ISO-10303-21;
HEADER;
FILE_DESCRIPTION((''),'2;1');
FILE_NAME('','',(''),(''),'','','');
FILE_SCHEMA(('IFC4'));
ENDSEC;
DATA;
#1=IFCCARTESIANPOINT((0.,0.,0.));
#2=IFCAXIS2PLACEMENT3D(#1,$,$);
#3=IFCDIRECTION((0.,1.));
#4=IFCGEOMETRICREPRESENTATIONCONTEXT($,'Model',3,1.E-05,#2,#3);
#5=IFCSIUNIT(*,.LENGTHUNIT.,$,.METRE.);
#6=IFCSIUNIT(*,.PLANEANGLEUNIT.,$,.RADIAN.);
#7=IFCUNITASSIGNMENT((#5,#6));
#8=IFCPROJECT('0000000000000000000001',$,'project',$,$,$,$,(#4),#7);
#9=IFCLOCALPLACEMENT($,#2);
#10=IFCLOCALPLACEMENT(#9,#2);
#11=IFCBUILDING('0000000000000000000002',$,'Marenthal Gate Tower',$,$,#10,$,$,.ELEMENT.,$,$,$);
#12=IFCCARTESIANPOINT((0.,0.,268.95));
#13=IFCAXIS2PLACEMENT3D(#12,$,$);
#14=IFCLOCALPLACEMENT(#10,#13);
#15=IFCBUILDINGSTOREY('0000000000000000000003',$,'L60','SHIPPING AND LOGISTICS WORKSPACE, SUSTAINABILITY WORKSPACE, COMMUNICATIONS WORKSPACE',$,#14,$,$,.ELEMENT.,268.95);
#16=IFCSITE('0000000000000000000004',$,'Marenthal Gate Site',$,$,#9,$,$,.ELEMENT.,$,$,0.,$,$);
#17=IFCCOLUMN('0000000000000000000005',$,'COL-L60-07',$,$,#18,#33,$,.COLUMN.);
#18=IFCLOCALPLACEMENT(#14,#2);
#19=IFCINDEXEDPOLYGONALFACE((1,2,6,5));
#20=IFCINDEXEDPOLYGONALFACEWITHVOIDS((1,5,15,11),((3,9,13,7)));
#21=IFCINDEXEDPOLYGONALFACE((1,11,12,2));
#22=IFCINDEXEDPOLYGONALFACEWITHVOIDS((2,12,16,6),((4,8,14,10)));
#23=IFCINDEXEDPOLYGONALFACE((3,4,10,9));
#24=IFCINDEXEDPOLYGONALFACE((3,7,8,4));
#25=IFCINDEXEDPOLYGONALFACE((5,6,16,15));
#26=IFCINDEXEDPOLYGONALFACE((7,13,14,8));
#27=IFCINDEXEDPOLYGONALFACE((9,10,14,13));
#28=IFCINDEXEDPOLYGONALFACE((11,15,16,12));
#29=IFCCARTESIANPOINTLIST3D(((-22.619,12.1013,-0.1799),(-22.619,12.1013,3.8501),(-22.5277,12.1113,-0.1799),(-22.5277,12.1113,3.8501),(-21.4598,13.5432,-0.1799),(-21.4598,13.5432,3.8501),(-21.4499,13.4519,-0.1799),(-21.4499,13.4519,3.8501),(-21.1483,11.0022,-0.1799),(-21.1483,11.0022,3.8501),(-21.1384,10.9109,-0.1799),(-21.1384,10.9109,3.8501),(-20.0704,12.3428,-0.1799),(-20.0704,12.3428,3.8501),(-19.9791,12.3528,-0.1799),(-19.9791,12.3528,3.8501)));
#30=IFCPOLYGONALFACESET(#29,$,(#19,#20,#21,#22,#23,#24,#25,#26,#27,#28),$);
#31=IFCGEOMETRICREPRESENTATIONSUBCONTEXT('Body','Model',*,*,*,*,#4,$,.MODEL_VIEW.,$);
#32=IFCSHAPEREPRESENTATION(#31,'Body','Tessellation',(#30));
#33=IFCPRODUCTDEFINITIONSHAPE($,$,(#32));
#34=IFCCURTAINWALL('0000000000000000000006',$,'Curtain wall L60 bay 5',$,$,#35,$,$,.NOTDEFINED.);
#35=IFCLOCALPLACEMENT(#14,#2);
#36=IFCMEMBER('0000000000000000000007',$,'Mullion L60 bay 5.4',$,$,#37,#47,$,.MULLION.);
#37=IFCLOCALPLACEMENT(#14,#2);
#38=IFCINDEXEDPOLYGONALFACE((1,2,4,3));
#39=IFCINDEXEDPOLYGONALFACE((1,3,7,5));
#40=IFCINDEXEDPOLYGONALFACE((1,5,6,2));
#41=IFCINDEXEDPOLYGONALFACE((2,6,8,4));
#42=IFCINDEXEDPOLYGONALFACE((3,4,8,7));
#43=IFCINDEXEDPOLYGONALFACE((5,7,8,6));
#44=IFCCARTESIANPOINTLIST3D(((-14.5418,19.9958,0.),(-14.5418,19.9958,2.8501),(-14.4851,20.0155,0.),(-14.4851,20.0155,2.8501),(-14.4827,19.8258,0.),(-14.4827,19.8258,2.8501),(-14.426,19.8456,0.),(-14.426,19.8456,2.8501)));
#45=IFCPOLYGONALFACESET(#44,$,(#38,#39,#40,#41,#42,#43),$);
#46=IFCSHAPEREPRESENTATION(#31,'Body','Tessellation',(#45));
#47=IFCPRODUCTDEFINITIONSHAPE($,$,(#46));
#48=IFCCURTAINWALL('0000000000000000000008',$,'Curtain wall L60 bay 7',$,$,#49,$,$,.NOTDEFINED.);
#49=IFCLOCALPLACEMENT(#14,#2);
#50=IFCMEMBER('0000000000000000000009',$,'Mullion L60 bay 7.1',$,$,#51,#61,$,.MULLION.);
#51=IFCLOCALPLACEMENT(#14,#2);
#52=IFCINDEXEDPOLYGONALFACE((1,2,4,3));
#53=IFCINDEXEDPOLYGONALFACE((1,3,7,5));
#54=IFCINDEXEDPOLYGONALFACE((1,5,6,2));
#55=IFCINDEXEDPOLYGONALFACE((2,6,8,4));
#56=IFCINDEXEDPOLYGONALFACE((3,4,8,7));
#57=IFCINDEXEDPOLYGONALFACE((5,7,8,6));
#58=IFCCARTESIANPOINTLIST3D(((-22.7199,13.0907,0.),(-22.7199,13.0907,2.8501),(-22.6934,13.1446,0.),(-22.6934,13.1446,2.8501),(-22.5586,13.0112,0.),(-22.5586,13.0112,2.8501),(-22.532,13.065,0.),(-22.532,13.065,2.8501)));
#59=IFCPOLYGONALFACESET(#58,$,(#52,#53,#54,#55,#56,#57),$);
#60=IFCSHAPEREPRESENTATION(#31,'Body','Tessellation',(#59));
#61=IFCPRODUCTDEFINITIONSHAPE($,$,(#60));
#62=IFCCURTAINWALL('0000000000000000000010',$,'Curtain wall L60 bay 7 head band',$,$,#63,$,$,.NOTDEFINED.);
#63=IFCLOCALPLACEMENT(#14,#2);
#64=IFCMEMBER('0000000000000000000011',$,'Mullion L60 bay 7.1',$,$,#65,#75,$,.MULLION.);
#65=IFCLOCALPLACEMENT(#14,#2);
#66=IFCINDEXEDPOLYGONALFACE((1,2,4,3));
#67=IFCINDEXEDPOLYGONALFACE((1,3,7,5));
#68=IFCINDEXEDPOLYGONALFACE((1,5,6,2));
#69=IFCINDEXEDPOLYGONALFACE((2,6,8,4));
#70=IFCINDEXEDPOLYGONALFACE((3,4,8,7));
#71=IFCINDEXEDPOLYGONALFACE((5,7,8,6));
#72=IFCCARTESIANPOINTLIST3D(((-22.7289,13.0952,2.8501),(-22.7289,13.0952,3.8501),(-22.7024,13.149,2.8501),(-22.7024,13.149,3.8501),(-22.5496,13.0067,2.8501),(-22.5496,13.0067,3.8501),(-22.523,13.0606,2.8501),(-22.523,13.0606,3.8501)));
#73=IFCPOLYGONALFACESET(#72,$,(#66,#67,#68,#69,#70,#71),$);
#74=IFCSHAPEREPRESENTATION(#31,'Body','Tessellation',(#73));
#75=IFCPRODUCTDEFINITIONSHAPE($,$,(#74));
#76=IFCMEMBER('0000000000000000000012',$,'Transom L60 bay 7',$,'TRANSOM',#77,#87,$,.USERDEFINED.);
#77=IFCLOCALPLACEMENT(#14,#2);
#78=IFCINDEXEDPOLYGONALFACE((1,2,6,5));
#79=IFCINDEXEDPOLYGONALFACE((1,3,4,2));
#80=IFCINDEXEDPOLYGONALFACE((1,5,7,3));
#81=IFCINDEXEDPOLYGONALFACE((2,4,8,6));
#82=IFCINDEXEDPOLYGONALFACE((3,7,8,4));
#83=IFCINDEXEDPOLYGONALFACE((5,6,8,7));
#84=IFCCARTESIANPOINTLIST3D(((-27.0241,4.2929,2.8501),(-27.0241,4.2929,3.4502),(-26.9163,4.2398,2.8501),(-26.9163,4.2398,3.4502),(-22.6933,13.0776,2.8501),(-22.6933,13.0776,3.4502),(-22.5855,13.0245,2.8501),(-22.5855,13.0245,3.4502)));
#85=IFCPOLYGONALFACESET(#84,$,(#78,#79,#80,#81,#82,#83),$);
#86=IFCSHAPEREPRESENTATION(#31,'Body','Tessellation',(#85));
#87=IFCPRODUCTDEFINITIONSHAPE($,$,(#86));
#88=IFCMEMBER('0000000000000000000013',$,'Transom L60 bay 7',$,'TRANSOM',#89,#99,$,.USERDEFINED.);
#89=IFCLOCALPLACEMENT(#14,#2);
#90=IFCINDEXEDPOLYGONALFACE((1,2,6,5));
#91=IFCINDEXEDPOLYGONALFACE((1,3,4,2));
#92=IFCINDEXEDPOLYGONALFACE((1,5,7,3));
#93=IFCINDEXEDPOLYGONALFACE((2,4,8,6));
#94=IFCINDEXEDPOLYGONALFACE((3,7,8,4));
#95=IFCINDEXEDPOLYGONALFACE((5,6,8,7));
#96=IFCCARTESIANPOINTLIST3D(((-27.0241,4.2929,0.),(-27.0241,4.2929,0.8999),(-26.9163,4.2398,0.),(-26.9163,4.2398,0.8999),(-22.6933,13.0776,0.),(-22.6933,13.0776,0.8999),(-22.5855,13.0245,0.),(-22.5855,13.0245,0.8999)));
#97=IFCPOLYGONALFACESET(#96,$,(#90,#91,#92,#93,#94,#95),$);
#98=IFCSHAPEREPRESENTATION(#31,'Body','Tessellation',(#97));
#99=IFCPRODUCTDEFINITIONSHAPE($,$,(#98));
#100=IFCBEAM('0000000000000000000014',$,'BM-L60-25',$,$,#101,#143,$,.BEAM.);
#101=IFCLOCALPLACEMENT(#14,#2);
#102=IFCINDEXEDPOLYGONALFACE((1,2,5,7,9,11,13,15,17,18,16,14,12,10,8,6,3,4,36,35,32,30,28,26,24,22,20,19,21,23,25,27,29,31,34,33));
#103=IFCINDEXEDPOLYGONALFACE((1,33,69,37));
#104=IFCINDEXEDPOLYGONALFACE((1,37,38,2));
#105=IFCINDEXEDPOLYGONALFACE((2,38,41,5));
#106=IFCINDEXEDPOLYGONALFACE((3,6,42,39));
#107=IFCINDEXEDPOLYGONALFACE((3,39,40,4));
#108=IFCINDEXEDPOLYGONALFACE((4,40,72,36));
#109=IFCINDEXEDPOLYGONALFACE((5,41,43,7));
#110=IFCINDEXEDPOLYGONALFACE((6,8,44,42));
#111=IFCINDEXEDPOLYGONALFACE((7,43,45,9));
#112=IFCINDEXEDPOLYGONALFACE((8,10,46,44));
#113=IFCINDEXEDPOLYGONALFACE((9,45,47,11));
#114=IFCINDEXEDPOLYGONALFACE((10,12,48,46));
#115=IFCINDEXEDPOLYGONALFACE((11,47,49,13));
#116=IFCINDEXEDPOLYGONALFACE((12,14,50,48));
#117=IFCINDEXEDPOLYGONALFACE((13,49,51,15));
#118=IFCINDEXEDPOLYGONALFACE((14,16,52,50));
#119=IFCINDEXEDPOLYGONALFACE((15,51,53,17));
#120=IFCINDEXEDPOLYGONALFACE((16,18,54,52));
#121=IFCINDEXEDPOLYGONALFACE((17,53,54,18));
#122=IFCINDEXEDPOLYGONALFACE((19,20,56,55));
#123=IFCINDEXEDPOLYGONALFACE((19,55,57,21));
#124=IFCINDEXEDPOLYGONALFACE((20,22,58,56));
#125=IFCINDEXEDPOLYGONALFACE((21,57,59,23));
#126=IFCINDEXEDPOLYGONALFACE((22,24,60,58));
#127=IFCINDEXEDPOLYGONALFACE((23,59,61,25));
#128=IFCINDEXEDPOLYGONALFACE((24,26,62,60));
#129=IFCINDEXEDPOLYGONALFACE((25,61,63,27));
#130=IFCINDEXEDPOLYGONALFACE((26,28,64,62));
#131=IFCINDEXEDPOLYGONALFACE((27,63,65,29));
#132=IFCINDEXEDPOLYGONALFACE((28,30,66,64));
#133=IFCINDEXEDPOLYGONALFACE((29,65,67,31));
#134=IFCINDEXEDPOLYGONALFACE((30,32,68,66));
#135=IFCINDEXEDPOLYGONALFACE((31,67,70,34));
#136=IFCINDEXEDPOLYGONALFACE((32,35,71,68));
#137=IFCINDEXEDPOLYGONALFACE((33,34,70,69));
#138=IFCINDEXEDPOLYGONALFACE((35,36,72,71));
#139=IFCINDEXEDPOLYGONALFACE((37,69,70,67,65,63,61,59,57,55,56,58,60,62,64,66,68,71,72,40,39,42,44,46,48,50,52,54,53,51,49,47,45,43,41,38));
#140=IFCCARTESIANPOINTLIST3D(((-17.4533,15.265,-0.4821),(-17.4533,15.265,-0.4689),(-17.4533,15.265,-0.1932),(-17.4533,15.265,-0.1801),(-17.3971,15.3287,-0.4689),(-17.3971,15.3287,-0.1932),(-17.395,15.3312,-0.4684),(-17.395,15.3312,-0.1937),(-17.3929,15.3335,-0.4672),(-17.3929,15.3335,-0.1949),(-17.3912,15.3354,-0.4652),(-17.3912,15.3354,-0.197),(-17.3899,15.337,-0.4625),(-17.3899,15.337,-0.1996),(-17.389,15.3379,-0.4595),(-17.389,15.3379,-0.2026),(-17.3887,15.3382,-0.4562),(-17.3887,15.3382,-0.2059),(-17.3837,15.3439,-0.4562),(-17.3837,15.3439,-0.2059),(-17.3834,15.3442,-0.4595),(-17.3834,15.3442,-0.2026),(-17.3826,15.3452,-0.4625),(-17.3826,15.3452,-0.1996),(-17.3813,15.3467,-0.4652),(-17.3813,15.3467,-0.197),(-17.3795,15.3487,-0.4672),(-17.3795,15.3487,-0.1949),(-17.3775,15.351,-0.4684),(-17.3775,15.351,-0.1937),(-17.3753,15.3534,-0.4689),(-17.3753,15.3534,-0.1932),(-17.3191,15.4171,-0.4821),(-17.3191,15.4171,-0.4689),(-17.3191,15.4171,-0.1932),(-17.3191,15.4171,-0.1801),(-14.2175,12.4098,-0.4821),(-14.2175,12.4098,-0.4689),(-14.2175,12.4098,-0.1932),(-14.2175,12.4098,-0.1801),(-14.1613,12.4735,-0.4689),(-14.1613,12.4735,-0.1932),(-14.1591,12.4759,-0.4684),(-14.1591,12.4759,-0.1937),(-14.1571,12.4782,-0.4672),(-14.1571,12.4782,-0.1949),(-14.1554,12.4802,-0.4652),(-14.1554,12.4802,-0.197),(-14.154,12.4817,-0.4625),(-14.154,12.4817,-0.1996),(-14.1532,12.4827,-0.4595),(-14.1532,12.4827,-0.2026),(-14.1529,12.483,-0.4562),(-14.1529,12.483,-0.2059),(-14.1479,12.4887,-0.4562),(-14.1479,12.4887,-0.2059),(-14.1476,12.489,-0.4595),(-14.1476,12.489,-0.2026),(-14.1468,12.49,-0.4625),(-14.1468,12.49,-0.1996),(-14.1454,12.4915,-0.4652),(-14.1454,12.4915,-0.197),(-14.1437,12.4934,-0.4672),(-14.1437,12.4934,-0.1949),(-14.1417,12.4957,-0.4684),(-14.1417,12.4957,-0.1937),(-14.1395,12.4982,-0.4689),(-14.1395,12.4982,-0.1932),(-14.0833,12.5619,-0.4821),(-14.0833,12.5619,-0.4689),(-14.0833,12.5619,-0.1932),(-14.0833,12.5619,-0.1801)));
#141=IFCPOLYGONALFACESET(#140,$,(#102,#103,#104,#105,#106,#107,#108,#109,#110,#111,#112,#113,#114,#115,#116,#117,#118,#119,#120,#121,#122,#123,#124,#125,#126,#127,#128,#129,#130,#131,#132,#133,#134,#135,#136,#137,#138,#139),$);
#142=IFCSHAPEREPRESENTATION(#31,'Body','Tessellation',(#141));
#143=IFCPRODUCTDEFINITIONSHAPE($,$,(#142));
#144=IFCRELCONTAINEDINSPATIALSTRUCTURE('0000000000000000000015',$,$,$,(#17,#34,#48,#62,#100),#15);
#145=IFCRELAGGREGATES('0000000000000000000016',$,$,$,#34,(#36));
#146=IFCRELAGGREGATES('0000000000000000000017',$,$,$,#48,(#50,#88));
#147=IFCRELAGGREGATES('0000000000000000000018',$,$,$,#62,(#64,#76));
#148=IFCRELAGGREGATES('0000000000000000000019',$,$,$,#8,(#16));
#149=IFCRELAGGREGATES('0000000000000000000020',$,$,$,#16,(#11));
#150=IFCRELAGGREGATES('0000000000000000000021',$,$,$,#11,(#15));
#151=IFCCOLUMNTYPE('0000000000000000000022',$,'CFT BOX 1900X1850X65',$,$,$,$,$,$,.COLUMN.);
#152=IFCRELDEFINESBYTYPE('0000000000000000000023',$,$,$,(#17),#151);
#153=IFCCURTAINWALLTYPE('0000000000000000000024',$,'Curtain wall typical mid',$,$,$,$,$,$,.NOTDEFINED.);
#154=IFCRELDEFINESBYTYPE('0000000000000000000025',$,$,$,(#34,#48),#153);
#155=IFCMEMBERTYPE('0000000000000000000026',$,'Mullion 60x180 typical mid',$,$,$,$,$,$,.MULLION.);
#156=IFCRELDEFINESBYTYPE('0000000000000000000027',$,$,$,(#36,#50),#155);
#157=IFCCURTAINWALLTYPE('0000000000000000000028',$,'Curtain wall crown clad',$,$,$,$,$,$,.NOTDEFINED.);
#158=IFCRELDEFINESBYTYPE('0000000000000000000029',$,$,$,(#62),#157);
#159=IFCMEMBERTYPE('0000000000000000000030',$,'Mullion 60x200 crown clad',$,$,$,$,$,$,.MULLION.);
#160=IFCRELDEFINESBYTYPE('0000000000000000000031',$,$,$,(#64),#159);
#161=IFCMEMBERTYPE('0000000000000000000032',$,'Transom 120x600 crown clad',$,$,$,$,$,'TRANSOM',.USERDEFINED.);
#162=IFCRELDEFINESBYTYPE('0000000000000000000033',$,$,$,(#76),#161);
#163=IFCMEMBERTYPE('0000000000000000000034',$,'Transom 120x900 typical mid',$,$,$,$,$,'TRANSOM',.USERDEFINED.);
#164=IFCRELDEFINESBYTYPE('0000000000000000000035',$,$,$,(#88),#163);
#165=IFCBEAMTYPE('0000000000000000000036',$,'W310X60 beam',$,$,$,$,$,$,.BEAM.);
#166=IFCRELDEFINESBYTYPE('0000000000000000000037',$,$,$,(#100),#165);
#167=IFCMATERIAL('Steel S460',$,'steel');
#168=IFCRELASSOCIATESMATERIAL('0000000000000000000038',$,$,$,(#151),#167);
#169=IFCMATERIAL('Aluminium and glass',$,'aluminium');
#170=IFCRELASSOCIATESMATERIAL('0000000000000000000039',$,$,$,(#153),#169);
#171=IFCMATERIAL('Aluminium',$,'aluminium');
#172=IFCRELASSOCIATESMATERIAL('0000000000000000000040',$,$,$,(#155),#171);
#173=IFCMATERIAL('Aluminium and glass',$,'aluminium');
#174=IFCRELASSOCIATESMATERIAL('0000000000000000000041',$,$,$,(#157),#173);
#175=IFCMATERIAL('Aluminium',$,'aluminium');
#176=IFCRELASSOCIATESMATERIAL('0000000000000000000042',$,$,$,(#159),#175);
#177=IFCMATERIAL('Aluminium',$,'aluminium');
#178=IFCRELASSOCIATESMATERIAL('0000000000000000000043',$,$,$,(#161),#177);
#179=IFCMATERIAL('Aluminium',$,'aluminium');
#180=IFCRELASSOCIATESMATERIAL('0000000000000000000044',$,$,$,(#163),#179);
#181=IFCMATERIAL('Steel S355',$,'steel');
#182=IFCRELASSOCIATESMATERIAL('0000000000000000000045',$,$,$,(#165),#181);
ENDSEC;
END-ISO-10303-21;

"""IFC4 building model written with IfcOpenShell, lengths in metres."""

from ifc_helpers import new_model, si_unit, direction, frame, origin, origin_2d, place, context, subcontext, project, spatial, rectangle, hollow_rectangle, i_section, extrude, material, material_profile, profile_set, type_object, element, aggregate, save


model = new_model("IFC4")

# Units and contexts
model_context = context("Model", 3, precision=1e-05, world=origin(), true_north=direction((0.0, 1.0)))
body_context = subcontext(model_context, "Body", "Model", "MODEL_VIEW")
ifc_project = project(units=[si_unit("LENGTHUNIT", "METRE"), si_unit("PLANEANGLEUNIT", "RADIAN")], contexts=[model_context])

# Site, building, storey
site_placement = place(None, origin())
site = spatial("IfcSite", under=ifc_project, at=site_placement, Name="Marenthal Gate Site", CompositionType="ELEMENT", RefElevation=0.0)
building_placement = place(site_placement, origin())
building = spatial("IfcBuilding", under=site, at=building_placement, Name="Marenthal Gate Tower", CompositionType="ELEMENT")
storey_placement = place(building_placement, frame((0.0, 0.0, 268.95)))
storey = spatial("IfcBuildingStorey", under=building, at=storey_placement, Name="L60", Description="SHIPPING AND LOGISTICS WORKSPACE, SUSTAINABILITY WORKSPACE, COMMUNICATIONS WORKSPACE", CompositionType="ELEMENT", Elevation=268.95)

# Column
ifc_material_1 = material(Name="Steel S460", Category="steel")
ifc_material_profile_1 = material_profile(ifc_material_1, hollow_rectangle(XDim=1.8501, YDim=1.8999, WallThickness=0.0649, at=origin_2d()), Name="CFT BOX 1900X1850X65")
ifc_material_2 = material(Name="Concrete 70 MPa", Category="concrete")
ifc_material_profile_2 = material_profile(ifc_material_2, rectangle(XDim=1.72, YDim=1.77, at=origin_2d()), Name="CFT BOX 1900X1850X65 INFILL")
ifc_profile_set_1 = profile_set([ifc_material_profile_1, ifc_material_profile_2], Name="Steel S460 shell, Concrete 70 MPa infill")
column_type = type_object("IfcColumnType", Name="CFT BOX 1900X1850X65", PredefinedType="COLUMN", material=ifc_profile_set_1)
column_placement = place(storey_placement, frame((-21.2991, 12.2271, -0.1799), z_axis=(0.0, 0.0, 1.0), x_axis=(0.626593, 0.779347, 0.0)))
element("IfcColumn", 1, at=column_placement, inside=storey, type_object=column_type, Name="COL-L60-07", PredefinedType="COLUMN", context=body_context, shape_type="SweptSolid", body=[
    extrude(hollow_rectangle(XDim=1.8501, YDim=1.8999, WallThickness=0.0649, at=origin_2d()), origin(), (0.0, 0.0, 1.0), 4.03),
])

# Curtain walls, members
ifc_material_3 = material(Name="Aluminium and glass", Category="aluminium")
curtain_wall_type_1 = type_object("IfcCurtainWallType", Name="Curtain wall typical mid", PredefinedType="NOTDEFINED", material=ifc_material_3)
curtain_wall_1_placement = place(storey_placement, origin())
curtain_wall_1 = element("IfcCurtainWall", 2, at=curtain_wall_1_placement, inside=storey, type_object=curtain_wall_type_1, Name="Curtain wall L60 bay 5", PredefinedType="NOTDEFINED")
ifc_material_4 = material(Name="Aluminium", Category="aluminium")
ifc_material_profile_3 = material_profile(ifc_material_4, rectangle(XDim=0.1799, YDim=0.0601, at=origin_2d()), Name="60x180 aluminium mullion")
ifc_profile_set_2 = profile_set([ifc_material_profile_3], Name="Aluminium")
member_type_1 = type_object("IfcMemberType", Name="Mullion 60x180 typical mid", PredefinedType="MULLION", material=ifc_profile_set_2)
member_1_placement = place(storey_placement, frame((-14.4839, 19.9207, 0.0), z_axis=(0.0, 0.0, 1.0), x_axis=(0.32867, -0.944445, 0.0)))
member_1 = element("IfcMember", 3, at=member_1_placement, type_object=member_type_1, Name="Mullion L60 bay 5.4", PredefinedType="MULLION", context=body_context, shape_type="SweptSolid", body=[
    extrude(rectangle(XDim=0.1799, YDim=0.0601, at=origin_2d()), origin(), (0.0, 0.0, 1.0), 2.8501),
])
aggregate(curtain_wall_1, [member_1])
curtain_wall_2_placement = place(storey_placement, origin())
curtain_wall_2 = element("IfcCurtainWall", 4, at=curtain_wall_2_placement, inside=storey, type_object=curtain_wall_type_1, Name="Curtain wall L60 bay 7", PredefinedType="NOTDEFINED")
member_2_placement = place(storey_placement, frame((-22.626, 13.0779, 0.0), z_axis=(0.0, 0.0, 1.0), x_axis=(0.896921, -0.442192, 0.0)))
member_2 = element("IfcMember", 5, at=member_2_placement, type_object=member_type_1, Name="Mullion L60 bay 7.1", PredefinedType="MULLION", context=body_context, shape_type="SweptSolid", body=[
    extrude(rectangle(XDim=0.1799, YDim=0.0601, at=origin_2d()), origin(), (0.0, 0.0, 1.0), 2.8501),
])

# Curtain wall, members
ifc_material_5 = material(Name="Aluminium and glass", Category="aluminium")
curtain_wall_type_2 = type_object("IfcCurtainWallType", Name="Curtain wall crown clad", PredefinedType="NOTDEFINED", material=ifc_material_5)
curtain_wall_3_placement = place(storey_placement, origin())
curtain_wall_3 = element("IfcCurtainWall", 6, at=curtain_wall_3_placement, inside=storey, type_object=curtain_wall_type_2, Name="Curtain wall L60 bay 7 head band", PredefinedType="NOTDEFINED")
ifc_material_6 = material(Name="Aluminium", Category="aluminium")
ifc_material_profile_4 = material_profile(ifc_material_6, rectangle(XDim=0.2, YDim=0.0601, at=origin_2d()), Name="60x200 aluminium mullion")
ifc_profile_set_3 = profile_set([ifc_material_profile_4], Name="Aluminium")
member_type_2 = type_object("IfcMemberType", Name="Mullion 60x200 crown clad", PredefinedType="MULLION", material=ifc_profile_set_3)
member_3_placement = place(storey_placement, frame((-22.626, 13.0779, 2.8501), z_axis=(0.0, 0.0, 1.0), x_axis=(0.896921, -0.442192, 0.0)))
member_3 = element("IfcMember", 7, at=member_3_placement, type_object=member_type_2, Name="Mullion L60 bay 7.1", PredefinedType="MULLION", context=body_context, shape_type="SweptSolid", body=[
    extrude(rectangle(XDim=0.2, YDim=0.0601, at=origin_2d()), origin(), (0.0, 0.0, 1.0), 1.0),
])
ifc_material_7 = material(Name="Aluminium", Category="aluminium")
ifc_material_profile_5 = material_profile(ifc_material_7, rectangle(XDim=0.1201, YDim=0.6001, at=origin_2d()), Name="120x600 aluminium transom")
ifc_profile_set_4 = profile_set([ifc_material_profile_5], Name="Aluminium")
member_type_3 = type_object("IfcMemberType", Name="Transom 120x600 crown clad", ElementType="TRANSOM", PredefinedType="USERDEFINED", material=ifc_profile_set_4)
member_4_placement = place(storey_placement, frame((-22.6394, 13.051, 3.1501), z_axis=(-0.442181, -0.896926, 0.0), x_axis=(0.896926, -0.442181, 0.0)))
member_4 = element("IfcMember", 8, at=member_4_placement, type_object=member_type_3, Name="Transom L60 bay 7", ObjectType="TRANSOM", PredefinedType="USERDEFINED", context=body_context, shape_type="SweptSolid", body=[
    extrude(rectangle(XDim=0.1201, YDim=0.6001, at=origin_2d()), origin(), (0.0, 0.0, 1.0), 9.7942),
])

# Member
ifc_material_8 = material(Name="Aluminium", Category="aluminium")
ifc_material_profile_6 = material_profile(ifc_material_8, rectangle(XDim=0.1201, YDim=0.8999, at=origin_2d()), Name="120x900 aluminium transom")
ifc_profile_set_5 = profile_set([ifc_material_profile_6], Name="Aluminium")
member_type_4 = type_object("IfcMemberType", Name="Transom 120x900 typical mid", ElementType="TRANSOM", PredefinedType="USERDEFINED", material=ifc_profile_set_5)
member_5_placement = place(storey_placement, frame((-22.6394, 13.051, 0.45), z_axis=(-0.442181, -0.896926, 0.0), x_axis=(0.896926, -0.442181, 0.0)))
member_5 = element("IfcMember", 9, at=member_5_placement, type_object=member_type_4, Name="Transom L60 bay 7", ObjectType="TRANSOM", PredefinedType="USERDEFINED", context=body_context, shape_type="SweptSolid", body=[
    extrude(rectangle(XDim=0.1201, YDim=0.8999, at=origin_2d()), origin(), (0.0, 0.0, 1.0), 9.7942),
])

# Beam
ifc_material_9 = material(Name="Steel S355", Category="steel")
ifc_material_profile_7 = material_profile(ifc_material_9, i_section(OverallWidth=0.2029, OverallDepth=0.302, WebThickness=0.0076, FlangeThickness=0.0132, FilletRadius=0.0127, at=origin_2d()), Name="W310X60")
ifc_profile_set_6 = profile_set([ifc_material_profile_7], Name="Steel S355")
beam_type_1 = type_object("IfcBeamType", Name="W310X60 beam", PredefinedType="BEAM", material=ifc_profile_set_6)
beam_1_placement = place(storey_placement, frame((-17.3862, 15.3411, -0.3311), z_axis=(0.74983, -0.661631, 0.0), x_axis=(0.661631, 0.74983, 0.0)))
element("IfcBeam", 10, at=beam_1_placement, inside=storey, type_object=beam_type_1, Name="BM-L60-25", PredefinedType="BEAM", context=body_context, shape_type="SweptSolid", body=[
    extrude(i_section(OverallWidth=0.2029, OverallDepth=0.302, WebThickness=0.0076, FlangeThickness=0.0132, FilletRadius=0.0127, at=origin_2d()), origin(), (0.0, 0.0, 1.0), 4.3154),
])

aggregate(curtain_wall_2, [member_2, member_5])
aggregate(curtain_wall_3, [member_3, member_4])

save(model, "model.ifc")
